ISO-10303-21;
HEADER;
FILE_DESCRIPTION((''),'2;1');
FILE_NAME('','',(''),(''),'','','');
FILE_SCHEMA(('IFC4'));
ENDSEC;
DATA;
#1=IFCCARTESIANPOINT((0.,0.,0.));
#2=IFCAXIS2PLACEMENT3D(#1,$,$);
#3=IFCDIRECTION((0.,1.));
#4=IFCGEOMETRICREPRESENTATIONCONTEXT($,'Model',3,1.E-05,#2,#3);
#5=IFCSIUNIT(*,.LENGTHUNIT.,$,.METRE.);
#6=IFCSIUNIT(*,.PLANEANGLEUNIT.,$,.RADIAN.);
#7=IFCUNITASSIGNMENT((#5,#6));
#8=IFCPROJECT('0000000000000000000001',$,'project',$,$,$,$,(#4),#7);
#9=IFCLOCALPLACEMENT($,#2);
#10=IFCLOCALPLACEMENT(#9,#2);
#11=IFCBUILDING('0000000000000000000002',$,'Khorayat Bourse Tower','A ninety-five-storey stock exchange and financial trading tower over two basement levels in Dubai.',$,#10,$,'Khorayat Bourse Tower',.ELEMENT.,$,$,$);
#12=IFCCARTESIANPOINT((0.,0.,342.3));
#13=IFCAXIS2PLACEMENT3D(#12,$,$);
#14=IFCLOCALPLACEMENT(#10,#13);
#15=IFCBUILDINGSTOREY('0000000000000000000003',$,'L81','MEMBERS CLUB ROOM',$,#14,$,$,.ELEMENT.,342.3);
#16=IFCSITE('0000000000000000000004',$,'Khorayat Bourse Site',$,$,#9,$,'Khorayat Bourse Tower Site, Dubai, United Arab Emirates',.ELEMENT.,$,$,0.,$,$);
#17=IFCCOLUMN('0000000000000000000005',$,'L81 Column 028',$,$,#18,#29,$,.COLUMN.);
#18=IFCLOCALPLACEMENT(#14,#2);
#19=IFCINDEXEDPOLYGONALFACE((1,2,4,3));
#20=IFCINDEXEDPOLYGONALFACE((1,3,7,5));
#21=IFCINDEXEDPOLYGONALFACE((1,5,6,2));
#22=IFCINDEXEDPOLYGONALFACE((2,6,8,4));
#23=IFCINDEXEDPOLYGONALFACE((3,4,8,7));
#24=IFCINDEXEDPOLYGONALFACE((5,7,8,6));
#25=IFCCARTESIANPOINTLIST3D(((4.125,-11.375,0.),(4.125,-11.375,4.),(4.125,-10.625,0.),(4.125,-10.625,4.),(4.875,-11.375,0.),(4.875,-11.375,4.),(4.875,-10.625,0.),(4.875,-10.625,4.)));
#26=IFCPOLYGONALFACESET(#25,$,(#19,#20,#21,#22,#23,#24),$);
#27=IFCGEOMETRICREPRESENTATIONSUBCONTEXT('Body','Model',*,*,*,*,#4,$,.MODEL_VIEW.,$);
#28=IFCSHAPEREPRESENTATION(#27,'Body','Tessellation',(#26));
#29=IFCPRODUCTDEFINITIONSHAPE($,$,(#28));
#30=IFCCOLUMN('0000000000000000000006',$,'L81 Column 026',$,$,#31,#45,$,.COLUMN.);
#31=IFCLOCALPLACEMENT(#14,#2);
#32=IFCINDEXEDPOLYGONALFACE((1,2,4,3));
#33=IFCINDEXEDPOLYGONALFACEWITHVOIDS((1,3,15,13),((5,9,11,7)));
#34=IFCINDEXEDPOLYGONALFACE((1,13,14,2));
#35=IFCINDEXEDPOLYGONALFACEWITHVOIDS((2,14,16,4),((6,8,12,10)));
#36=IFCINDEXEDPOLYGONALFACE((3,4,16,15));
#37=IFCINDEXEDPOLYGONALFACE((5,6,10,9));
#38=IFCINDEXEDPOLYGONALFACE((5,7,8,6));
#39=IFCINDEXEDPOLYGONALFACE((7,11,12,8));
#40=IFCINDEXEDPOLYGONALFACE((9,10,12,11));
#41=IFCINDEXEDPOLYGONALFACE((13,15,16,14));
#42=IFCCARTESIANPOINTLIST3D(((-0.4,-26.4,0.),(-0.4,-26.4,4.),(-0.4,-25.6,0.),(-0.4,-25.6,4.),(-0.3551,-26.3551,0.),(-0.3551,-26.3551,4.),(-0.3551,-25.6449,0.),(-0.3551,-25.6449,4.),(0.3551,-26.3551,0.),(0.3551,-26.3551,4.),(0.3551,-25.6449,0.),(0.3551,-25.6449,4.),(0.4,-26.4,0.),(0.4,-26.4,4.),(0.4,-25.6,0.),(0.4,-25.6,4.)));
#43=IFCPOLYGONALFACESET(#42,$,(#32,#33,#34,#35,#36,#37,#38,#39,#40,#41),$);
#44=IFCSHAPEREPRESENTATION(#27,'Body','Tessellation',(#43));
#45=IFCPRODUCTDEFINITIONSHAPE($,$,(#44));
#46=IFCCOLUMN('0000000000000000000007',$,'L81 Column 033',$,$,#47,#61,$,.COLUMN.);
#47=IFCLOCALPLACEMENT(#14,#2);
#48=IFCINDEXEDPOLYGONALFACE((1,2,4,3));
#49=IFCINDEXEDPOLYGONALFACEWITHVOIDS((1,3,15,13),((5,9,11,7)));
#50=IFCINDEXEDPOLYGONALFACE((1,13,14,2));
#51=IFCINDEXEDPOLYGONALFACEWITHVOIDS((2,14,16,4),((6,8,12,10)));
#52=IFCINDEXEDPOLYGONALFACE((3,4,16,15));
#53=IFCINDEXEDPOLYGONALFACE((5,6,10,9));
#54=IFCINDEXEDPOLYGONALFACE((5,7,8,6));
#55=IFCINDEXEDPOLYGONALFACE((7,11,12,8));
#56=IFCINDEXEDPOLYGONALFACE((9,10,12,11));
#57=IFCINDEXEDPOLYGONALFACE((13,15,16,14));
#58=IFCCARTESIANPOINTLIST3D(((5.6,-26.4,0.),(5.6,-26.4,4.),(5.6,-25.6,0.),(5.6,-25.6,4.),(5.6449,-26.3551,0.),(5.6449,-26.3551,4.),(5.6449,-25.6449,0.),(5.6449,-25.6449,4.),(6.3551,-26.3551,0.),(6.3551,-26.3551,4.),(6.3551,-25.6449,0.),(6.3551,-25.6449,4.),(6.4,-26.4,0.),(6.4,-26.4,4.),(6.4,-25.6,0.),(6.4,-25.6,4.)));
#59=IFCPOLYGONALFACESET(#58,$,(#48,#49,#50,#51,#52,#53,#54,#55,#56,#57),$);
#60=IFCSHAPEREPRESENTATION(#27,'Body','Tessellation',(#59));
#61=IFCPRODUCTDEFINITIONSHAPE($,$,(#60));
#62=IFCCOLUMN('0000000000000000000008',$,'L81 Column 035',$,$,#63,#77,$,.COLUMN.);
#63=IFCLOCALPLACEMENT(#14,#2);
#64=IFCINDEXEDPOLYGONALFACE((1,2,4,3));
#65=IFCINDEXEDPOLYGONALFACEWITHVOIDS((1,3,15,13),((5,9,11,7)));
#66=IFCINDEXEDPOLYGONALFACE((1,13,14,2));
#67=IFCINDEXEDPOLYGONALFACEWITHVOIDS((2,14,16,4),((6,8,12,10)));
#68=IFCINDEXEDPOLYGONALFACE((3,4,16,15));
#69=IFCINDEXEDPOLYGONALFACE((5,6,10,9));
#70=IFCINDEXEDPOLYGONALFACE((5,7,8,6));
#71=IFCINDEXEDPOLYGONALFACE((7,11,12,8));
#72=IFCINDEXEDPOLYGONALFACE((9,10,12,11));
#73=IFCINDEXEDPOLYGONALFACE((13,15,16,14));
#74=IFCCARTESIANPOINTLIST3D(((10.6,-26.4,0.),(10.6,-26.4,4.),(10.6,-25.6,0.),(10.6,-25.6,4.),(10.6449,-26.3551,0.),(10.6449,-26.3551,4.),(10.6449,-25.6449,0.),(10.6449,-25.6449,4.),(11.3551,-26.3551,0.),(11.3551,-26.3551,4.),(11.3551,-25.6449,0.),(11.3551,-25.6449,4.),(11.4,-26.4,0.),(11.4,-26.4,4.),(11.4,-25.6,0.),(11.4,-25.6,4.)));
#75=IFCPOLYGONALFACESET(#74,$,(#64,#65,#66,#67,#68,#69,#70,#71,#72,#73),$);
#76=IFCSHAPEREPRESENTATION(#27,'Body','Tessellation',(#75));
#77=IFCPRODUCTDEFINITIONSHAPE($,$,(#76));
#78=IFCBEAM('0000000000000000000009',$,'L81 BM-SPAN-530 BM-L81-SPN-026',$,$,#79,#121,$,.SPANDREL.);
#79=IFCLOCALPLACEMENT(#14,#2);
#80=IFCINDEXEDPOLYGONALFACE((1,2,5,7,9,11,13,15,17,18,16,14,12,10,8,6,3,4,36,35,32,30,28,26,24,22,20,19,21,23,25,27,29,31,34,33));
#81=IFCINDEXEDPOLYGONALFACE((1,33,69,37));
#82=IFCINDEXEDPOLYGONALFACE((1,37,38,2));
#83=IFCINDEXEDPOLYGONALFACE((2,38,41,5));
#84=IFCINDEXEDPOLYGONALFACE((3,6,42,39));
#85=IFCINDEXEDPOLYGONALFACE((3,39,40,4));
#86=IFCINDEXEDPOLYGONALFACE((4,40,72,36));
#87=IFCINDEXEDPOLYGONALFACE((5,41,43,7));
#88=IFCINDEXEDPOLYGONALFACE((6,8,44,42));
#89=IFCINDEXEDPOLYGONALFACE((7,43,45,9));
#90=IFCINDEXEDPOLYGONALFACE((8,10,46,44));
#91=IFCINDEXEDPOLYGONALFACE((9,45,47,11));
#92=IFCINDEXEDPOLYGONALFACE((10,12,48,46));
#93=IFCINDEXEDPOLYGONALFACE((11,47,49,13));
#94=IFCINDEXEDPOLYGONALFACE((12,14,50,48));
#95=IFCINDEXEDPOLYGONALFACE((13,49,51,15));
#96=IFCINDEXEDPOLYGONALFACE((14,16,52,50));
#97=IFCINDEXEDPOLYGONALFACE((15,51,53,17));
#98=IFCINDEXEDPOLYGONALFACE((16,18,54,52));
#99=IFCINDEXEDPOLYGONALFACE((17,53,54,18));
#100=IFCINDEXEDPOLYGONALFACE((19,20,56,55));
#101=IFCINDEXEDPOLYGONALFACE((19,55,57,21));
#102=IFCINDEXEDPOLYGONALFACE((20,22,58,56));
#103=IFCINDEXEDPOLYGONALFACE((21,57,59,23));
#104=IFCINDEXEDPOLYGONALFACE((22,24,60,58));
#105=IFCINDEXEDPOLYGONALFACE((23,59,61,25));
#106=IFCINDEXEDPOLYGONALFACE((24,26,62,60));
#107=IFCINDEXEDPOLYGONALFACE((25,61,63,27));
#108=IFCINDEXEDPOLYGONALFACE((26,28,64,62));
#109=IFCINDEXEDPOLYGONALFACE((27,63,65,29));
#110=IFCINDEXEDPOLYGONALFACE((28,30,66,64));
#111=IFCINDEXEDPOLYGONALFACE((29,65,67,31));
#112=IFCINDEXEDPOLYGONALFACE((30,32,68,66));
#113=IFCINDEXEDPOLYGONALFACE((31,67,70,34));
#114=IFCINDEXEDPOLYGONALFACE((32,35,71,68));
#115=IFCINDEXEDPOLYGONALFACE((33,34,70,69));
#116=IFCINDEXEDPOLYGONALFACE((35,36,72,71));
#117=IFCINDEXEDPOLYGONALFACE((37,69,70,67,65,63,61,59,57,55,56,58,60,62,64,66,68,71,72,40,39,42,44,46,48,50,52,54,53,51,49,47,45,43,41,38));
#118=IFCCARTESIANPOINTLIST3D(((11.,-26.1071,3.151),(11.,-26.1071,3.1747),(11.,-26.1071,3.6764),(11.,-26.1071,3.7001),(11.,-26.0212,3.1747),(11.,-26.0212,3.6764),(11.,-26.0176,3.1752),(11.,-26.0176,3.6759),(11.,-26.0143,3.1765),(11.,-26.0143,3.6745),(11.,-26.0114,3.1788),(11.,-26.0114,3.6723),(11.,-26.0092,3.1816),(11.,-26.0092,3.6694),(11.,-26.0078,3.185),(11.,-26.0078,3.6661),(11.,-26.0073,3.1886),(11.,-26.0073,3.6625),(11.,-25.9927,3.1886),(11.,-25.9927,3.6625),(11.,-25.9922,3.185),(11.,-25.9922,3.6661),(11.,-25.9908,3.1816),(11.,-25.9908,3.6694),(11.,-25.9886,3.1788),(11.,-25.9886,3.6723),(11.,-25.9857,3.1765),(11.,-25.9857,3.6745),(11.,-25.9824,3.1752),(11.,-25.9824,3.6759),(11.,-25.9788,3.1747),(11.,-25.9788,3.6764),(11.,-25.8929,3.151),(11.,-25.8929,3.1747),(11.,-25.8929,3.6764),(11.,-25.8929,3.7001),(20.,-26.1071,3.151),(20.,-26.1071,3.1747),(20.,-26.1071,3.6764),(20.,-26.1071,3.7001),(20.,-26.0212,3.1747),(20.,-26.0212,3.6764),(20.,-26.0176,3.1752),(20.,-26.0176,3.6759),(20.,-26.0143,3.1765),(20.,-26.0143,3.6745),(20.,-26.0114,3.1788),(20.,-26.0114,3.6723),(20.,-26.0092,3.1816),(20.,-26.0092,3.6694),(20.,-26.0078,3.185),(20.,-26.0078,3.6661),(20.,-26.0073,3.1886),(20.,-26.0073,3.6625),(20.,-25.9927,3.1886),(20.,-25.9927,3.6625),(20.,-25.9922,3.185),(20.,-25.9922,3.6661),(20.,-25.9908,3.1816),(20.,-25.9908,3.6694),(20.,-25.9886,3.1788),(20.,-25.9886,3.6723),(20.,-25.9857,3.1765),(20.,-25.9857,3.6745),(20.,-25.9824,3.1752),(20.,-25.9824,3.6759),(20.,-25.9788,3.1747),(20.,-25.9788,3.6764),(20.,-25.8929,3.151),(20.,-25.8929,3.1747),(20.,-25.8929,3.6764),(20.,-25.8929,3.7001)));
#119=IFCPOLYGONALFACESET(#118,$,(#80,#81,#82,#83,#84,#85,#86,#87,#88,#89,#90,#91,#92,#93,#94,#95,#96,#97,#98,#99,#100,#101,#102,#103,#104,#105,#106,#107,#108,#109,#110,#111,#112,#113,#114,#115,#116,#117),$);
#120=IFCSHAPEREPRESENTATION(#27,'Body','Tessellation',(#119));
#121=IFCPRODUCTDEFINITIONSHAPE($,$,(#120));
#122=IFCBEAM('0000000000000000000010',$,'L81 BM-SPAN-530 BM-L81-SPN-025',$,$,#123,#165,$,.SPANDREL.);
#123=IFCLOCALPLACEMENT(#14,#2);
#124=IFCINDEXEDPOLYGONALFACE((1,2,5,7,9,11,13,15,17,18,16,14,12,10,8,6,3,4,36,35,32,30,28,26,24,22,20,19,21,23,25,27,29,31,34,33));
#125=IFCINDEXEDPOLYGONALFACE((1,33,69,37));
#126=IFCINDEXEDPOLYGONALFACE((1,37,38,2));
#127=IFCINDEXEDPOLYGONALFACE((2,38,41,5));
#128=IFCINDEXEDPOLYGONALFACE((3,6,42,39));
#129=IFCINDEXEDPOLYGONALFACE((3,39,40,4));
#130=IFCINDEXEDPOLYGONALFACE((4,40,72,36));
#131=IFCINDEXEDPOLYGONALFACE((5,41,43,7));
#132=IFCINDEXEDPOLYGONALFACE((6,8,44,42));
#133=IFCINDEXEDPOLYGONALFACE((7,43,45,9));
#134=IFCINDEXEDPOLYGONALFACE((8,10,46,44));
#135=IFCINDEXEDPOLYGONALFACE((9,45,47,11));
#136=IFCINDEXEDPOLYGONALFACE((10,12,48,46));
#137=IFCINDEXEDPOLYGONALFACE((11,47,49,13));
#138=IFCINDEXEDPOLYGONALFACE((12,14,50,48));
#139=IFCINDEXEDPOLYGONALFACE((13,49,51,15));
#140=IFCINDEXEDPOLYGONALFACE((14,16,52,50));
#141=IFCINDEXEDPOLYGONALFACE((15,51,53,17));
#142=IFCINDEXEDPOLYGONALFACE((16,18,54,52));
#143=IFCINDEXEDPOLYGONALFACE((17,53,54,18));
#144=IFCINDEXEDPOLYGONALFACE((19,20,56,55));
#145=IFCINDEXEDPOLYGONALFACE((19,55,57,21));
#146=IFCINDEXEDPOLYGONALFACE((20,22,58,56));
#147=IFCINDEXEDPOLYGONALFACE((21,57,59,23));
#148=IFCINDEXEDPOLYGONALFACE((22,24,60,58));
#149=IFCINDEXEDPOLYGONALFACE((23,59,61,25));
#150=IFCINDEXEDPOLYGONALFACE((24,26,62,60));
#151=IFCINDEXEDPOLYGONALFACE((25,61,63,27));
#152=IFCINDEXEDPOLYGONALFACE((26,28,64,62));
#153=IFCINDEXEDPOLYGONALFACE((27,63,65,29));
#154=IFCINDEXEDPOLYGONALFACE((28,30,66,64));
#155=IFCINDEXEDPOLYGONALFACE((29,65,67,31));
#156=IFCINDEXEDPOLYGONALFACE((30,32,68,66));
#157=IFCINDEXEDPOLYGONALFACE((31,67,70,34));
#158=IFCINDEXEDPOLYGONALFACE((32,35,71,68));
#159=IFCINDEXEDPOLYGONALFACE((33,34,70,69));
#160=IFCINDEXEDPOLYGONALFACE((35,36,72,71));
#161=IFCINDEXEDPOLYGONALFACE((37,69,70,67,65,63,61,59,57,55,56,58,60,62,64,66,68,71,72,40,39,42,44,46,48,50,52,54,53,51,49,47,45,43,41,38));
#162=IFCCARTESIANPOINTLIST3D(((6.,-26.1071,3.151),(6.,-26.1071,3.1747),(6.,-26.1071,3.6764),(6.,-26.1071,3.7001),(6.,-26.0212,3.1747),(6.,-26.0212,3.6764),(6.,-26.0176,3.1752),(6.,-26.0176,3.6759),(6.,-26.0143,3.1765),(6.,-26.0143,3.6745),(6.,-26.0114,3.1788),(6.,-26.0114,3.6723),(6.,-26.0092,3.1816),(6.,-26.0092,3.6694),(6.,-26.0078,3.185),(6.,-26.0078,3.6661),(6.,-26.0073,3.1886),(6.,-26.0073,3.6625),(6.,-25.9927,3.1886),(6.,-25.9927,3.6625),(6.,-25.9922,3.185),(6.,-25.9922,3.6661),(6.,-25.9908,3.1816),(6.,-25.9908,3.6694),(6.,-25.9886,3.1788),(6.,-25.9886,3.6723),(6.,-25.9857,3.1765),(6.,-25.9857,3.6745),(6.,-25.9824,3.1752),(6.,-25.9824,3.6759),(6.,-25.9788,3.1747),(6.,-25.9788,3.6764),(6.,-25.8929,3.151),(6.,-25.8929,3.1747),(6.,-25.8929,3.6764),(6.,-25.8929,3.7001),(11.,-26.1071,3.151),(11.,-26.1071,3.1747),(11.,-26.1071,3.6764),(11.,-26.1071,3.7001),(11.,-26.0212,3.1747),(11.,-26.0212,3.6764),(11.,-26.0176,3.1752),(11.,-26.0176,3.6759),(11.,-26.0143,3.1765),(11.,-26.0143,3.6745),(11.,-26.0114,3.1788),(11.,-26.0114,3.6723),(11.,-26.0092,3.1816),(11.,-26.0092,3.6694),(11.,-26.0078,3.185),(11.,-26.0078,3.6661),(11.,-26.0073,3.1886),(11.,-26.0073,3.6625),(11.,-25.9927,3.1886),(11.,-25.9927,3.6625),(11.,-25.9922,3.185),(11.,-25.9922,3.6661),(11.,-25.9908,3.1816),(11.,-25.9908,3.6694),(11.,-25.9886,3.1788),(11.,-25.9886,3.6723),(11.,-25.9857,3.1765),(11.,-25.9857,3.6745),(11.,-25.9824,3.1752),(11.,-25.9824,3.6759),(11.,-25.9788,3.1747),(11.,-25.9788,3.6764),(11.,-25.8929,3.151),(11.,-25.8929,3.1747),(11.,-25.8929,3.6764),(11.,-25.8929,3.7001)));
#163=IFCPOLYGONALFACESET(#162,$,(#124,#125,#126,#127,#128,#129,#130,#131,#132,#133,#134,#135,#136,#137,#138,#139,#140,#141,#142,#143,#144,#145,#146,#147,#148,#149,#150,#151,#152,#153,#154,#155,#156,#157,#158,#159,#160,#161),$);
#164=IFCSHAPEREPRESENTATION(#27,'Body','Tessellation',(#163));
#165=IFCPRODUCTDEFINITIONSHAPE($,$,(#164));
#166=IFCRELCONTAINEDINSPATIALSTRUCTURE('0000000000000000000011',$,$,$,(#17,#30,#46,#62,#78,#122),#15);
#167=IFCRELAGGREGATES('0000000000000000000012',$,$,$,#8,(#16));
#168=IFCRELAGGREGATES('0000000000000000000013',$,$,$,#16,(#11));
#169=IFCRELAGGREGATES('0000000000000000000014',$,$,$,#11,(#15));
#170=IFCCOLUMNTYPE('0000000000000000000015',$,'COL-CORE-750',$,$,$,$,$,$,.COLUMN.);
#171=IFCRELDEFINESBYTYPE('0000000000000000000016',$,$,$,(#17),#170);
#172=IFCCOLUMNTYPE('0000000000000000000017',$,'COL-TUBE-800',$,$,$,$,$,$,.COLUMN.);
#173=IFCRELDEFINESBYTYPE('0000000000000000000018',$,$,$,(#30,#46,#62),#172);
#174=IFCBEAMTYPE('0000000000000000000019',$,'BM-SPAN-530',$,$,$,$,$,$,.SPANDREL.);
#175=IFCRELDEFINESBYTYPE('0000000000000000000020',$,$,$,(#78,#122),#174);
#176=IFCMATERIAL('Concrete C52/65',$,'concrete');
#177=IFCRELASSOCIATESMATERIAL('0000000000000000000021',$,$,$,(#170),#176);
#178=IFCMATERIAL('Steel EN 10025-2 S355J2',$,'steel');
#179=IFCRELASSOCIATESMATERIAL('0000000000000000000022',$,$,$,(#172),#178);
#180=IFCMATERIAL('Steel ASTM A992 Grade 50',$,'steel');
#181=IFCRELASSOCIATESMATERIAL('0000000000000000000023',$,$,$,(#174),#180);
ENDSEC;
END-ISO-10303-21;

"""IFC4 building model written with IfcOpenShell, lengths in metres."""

from ifc_helpers import new_model, si_unit, direction, frame, origin, origin_2d, place, context, subcontext, project, spatial, rectangle, hollow_rectangle, i_section, extrude, source, transform, mapped, material, material_profile, profile_set, type_object, element, save


model = new_model("IFC4")

# Units and contexts
model_context = context("Model", 3, precision=1e-05, world=origin(), true_north=direction((0.0, 1.0)))
body_context = subcontext(model_context, "Body", "Model", "MODEL_VIEW")
ifc_project = project(units=[si_unit("LENGTHUNIT", "METRE"), si_unit("PLANEANGLEUNIT", "RADIAN")], contexts=[model_context])

# Site, building, storey
site_placement = place(None, origin())
site = spatial("IfcSite", under=ifc_project, at=site_placement, Name="Khorayat Bourse Site", LongName="Khorayat Bourse Tower Site, Dubai, United Arab Emirates", CompositionType="ELEMENT", RefElevation=0.0)
building_placement = place(site_placement, origin())
building = spatial("IfcBuilding", under=site, at=building_placement, Name="Khorayat Bourse Tower", Description="A ninety-five-storey stock exchange and financial trading tower over two basement levels in Dubai.", LongName="Khorayat Bourse Tower", CompositionType="ELEMENT")
storey_placement = place(building_placement, frame((0.0, 0.0, 342.3)))
storey = spatial("IfcBuildingStorey", under=building, at=storey_placement, Name="L81", Description="MEMBERS CLUB ROOM", CompositionType="ELEMENT", Elevation=342.3)

# Columns
ifc_material_1 = material(Name="Concrete C52/65", Category="concrete")
ifc_material_profile_1 = material_profile(ifc_material_1, rectangle(XDim=0.75, YDim=0.75, at=origin_2d()), Name="RC 750x750")
ifc_profile_set_1 = profile_set([ifc_material_profile_1], Name="Concrete C52/65")
column_type_1 = type_object("IfcColumnType", Name="COL-CORE-750", PredefinedType="COLUMN", material=ifc_profile_set_1)
shared_shape_1 = source(origin(), body_context, "Body", "SweptSolid", [
    extrude(rectangle(XDim=0.75, YDim=0.75, at=origin_2d()), origin(), (0.0, 0.0, 1.0), 4.0),
])
column_placement = place(storey_placement, frame((4.5, -11.0, 0.0), z_axis=(0.0, 0.0, 1.0), x_axis=(1.0, 0.0, 0.0)))
element("IfcColumn", 1, at=column_placement, inside=storey, type_object=column_type_1, Name="L81 Column 028", PredefinedType="COLUMN", context=body_context, shape_type="MappedRepresentation", body=[
    mapped(shared_shape_1, transform((0.0, 0.0, 0.0), scale=1.0)),
])
ifc_material_2 = material(Name="Steel EN 10025-2 S355J2", Category="steel")
ifc_material_profile_2 = material_profile(ifc_material_2, hollow_rectangle(XDim=0.8, YDim=0.8, WallThickness=0.0449, at=origin_2d()), Name="BOX 800x800x45")
ifc_profile_set_2 = profile_set([ifc_material_profile_2], Name="Steel EN 10025-2 S355J2")
column_type_2 = type_object("IfcColumnType", Name="COL-TUBE-800", PredefinedType="COLUMN", material=ifc_profile_set_2)
shared_shape_2 = source(origin(), body_context, "Body", "SweptSolid", [
    extrude(hollow_rectangle(XDim=0.8, YDim=0.8, WallThickness=0.0449, at=origin_2d()), origin(), (0.0, 0.0, 1.0), 4.0),
])
for number, where, z_axis, x_axis, name in (
    (2, (0.0, -26.0, 0.0), (0.0, 0.0, 1.0), (1.0, 0.0, 0.0), "L81 Column 026"),
    (3, (6.0, -26.0, 0.0), (0.0, 0.0, 1.0), (1.0, 0.0, 0.0), "L81 Column 033"),
    (4, (11.0, -26.0, 0.0), (0.0, 0.0, 1.0), (1.0, 0.0, 0.0), "L81 Column 035"),
):
    element("IfcColumn", number, at=place(storey_placement, frame(where, z_axis=z_axis, x_axis=x_axis)), inside=storey, type_object=column_type_2, Name=name, PredefinedType="COLUMN", context=body_context, shape_type="MappedRepresentation", body=[
        mapped(shared_shape_2, transform((0.0, 0.0, 0.0), scale=1.0)),
    ])

# Beams
ifc_material_3 = material(Name="Steel ASTM A992 Grade 50", Category="steel")
ifc_material_profile_3 = material_profile(ifc_material_3, i_section(OverallWidth=0.2141, OverallDepth=0.5491, WebThickness=0.0146, FlangeThickness=0.0237, FilletRadius=0.0139, at=origin_2d()), Name="W530X138")
ifc_profile_set_3 = profile_set([ifc_material_profile_3], Name="Steel ASTM A992 Grade 50")
beam_type_1 = type_object("IfcBeamType", Name="BM-SPAN-530", PredefinedType="SPANDREL", material=ifc_profile_set_3)
shared_shape_3 = source(origin(), body_context, "Body", "SweptSolid", [
    extrude(i_section(OverallWidth=0.2141, OverallDepth=0.5491, WebThickness=0.0146, FlangeThickness=0.0237, FilletRadius=0.0139, at=origin_2d()), origin(), (0.0, 0.0, 1.0), 9.0),
])
beam_1_placement = place(storey_placement, frame((11.0, -26.0, 3.4255), z_axis=(1.0, 0.0, 0.0), x_axis=(0.0, 1.0, 0.0)))
element("IfcBeam", 5, at=beam_1_placement, inside=storey, type_object=beam_type_1, Name="L81 BM-SPAN-530 BM-L81-SPN-026", PredefinedType="SPANDREL", context=body_context, shape_type="MappedRepresentation", body=[
    mapped(shared_shape_3, transform((0.0, 0.0, 0.0), scale=1.0)),
])
shared_shape_4 = source(origin(), body_context, "Body", "SweptSolid", [
    extrude(i_section(OverallWidth=0.2141, OverallDepth=0.5491, WebThickness=0.0146, FlangeThickness=0.0237, FilletRadius=0.0139, at=origin_2d()), origin(), (0.0, 0.0, 1.0), 5.0),
])
beam_2_placement = place(storey_placement, frame((6.0, -26.0, 3.4255), z_axis=(1.0, 0.0, 0.0), x_axis=(0.0, 1.0, 0.0)))
element("IfcBeam", 6, at=beam_2_placement, inside=storey, type_object=beam_type_1, Name="L81 BM-SPAN-530 BM-L81-SPN-025", PredefinedType="SPANDREL", context=body_context, shape_type="MappedRepresentation", body=[
    mapped(shared_shape_4, transform((0.0, 0.0, 0.0), scale=1.0)),
])

save(model, "model.ifc")
